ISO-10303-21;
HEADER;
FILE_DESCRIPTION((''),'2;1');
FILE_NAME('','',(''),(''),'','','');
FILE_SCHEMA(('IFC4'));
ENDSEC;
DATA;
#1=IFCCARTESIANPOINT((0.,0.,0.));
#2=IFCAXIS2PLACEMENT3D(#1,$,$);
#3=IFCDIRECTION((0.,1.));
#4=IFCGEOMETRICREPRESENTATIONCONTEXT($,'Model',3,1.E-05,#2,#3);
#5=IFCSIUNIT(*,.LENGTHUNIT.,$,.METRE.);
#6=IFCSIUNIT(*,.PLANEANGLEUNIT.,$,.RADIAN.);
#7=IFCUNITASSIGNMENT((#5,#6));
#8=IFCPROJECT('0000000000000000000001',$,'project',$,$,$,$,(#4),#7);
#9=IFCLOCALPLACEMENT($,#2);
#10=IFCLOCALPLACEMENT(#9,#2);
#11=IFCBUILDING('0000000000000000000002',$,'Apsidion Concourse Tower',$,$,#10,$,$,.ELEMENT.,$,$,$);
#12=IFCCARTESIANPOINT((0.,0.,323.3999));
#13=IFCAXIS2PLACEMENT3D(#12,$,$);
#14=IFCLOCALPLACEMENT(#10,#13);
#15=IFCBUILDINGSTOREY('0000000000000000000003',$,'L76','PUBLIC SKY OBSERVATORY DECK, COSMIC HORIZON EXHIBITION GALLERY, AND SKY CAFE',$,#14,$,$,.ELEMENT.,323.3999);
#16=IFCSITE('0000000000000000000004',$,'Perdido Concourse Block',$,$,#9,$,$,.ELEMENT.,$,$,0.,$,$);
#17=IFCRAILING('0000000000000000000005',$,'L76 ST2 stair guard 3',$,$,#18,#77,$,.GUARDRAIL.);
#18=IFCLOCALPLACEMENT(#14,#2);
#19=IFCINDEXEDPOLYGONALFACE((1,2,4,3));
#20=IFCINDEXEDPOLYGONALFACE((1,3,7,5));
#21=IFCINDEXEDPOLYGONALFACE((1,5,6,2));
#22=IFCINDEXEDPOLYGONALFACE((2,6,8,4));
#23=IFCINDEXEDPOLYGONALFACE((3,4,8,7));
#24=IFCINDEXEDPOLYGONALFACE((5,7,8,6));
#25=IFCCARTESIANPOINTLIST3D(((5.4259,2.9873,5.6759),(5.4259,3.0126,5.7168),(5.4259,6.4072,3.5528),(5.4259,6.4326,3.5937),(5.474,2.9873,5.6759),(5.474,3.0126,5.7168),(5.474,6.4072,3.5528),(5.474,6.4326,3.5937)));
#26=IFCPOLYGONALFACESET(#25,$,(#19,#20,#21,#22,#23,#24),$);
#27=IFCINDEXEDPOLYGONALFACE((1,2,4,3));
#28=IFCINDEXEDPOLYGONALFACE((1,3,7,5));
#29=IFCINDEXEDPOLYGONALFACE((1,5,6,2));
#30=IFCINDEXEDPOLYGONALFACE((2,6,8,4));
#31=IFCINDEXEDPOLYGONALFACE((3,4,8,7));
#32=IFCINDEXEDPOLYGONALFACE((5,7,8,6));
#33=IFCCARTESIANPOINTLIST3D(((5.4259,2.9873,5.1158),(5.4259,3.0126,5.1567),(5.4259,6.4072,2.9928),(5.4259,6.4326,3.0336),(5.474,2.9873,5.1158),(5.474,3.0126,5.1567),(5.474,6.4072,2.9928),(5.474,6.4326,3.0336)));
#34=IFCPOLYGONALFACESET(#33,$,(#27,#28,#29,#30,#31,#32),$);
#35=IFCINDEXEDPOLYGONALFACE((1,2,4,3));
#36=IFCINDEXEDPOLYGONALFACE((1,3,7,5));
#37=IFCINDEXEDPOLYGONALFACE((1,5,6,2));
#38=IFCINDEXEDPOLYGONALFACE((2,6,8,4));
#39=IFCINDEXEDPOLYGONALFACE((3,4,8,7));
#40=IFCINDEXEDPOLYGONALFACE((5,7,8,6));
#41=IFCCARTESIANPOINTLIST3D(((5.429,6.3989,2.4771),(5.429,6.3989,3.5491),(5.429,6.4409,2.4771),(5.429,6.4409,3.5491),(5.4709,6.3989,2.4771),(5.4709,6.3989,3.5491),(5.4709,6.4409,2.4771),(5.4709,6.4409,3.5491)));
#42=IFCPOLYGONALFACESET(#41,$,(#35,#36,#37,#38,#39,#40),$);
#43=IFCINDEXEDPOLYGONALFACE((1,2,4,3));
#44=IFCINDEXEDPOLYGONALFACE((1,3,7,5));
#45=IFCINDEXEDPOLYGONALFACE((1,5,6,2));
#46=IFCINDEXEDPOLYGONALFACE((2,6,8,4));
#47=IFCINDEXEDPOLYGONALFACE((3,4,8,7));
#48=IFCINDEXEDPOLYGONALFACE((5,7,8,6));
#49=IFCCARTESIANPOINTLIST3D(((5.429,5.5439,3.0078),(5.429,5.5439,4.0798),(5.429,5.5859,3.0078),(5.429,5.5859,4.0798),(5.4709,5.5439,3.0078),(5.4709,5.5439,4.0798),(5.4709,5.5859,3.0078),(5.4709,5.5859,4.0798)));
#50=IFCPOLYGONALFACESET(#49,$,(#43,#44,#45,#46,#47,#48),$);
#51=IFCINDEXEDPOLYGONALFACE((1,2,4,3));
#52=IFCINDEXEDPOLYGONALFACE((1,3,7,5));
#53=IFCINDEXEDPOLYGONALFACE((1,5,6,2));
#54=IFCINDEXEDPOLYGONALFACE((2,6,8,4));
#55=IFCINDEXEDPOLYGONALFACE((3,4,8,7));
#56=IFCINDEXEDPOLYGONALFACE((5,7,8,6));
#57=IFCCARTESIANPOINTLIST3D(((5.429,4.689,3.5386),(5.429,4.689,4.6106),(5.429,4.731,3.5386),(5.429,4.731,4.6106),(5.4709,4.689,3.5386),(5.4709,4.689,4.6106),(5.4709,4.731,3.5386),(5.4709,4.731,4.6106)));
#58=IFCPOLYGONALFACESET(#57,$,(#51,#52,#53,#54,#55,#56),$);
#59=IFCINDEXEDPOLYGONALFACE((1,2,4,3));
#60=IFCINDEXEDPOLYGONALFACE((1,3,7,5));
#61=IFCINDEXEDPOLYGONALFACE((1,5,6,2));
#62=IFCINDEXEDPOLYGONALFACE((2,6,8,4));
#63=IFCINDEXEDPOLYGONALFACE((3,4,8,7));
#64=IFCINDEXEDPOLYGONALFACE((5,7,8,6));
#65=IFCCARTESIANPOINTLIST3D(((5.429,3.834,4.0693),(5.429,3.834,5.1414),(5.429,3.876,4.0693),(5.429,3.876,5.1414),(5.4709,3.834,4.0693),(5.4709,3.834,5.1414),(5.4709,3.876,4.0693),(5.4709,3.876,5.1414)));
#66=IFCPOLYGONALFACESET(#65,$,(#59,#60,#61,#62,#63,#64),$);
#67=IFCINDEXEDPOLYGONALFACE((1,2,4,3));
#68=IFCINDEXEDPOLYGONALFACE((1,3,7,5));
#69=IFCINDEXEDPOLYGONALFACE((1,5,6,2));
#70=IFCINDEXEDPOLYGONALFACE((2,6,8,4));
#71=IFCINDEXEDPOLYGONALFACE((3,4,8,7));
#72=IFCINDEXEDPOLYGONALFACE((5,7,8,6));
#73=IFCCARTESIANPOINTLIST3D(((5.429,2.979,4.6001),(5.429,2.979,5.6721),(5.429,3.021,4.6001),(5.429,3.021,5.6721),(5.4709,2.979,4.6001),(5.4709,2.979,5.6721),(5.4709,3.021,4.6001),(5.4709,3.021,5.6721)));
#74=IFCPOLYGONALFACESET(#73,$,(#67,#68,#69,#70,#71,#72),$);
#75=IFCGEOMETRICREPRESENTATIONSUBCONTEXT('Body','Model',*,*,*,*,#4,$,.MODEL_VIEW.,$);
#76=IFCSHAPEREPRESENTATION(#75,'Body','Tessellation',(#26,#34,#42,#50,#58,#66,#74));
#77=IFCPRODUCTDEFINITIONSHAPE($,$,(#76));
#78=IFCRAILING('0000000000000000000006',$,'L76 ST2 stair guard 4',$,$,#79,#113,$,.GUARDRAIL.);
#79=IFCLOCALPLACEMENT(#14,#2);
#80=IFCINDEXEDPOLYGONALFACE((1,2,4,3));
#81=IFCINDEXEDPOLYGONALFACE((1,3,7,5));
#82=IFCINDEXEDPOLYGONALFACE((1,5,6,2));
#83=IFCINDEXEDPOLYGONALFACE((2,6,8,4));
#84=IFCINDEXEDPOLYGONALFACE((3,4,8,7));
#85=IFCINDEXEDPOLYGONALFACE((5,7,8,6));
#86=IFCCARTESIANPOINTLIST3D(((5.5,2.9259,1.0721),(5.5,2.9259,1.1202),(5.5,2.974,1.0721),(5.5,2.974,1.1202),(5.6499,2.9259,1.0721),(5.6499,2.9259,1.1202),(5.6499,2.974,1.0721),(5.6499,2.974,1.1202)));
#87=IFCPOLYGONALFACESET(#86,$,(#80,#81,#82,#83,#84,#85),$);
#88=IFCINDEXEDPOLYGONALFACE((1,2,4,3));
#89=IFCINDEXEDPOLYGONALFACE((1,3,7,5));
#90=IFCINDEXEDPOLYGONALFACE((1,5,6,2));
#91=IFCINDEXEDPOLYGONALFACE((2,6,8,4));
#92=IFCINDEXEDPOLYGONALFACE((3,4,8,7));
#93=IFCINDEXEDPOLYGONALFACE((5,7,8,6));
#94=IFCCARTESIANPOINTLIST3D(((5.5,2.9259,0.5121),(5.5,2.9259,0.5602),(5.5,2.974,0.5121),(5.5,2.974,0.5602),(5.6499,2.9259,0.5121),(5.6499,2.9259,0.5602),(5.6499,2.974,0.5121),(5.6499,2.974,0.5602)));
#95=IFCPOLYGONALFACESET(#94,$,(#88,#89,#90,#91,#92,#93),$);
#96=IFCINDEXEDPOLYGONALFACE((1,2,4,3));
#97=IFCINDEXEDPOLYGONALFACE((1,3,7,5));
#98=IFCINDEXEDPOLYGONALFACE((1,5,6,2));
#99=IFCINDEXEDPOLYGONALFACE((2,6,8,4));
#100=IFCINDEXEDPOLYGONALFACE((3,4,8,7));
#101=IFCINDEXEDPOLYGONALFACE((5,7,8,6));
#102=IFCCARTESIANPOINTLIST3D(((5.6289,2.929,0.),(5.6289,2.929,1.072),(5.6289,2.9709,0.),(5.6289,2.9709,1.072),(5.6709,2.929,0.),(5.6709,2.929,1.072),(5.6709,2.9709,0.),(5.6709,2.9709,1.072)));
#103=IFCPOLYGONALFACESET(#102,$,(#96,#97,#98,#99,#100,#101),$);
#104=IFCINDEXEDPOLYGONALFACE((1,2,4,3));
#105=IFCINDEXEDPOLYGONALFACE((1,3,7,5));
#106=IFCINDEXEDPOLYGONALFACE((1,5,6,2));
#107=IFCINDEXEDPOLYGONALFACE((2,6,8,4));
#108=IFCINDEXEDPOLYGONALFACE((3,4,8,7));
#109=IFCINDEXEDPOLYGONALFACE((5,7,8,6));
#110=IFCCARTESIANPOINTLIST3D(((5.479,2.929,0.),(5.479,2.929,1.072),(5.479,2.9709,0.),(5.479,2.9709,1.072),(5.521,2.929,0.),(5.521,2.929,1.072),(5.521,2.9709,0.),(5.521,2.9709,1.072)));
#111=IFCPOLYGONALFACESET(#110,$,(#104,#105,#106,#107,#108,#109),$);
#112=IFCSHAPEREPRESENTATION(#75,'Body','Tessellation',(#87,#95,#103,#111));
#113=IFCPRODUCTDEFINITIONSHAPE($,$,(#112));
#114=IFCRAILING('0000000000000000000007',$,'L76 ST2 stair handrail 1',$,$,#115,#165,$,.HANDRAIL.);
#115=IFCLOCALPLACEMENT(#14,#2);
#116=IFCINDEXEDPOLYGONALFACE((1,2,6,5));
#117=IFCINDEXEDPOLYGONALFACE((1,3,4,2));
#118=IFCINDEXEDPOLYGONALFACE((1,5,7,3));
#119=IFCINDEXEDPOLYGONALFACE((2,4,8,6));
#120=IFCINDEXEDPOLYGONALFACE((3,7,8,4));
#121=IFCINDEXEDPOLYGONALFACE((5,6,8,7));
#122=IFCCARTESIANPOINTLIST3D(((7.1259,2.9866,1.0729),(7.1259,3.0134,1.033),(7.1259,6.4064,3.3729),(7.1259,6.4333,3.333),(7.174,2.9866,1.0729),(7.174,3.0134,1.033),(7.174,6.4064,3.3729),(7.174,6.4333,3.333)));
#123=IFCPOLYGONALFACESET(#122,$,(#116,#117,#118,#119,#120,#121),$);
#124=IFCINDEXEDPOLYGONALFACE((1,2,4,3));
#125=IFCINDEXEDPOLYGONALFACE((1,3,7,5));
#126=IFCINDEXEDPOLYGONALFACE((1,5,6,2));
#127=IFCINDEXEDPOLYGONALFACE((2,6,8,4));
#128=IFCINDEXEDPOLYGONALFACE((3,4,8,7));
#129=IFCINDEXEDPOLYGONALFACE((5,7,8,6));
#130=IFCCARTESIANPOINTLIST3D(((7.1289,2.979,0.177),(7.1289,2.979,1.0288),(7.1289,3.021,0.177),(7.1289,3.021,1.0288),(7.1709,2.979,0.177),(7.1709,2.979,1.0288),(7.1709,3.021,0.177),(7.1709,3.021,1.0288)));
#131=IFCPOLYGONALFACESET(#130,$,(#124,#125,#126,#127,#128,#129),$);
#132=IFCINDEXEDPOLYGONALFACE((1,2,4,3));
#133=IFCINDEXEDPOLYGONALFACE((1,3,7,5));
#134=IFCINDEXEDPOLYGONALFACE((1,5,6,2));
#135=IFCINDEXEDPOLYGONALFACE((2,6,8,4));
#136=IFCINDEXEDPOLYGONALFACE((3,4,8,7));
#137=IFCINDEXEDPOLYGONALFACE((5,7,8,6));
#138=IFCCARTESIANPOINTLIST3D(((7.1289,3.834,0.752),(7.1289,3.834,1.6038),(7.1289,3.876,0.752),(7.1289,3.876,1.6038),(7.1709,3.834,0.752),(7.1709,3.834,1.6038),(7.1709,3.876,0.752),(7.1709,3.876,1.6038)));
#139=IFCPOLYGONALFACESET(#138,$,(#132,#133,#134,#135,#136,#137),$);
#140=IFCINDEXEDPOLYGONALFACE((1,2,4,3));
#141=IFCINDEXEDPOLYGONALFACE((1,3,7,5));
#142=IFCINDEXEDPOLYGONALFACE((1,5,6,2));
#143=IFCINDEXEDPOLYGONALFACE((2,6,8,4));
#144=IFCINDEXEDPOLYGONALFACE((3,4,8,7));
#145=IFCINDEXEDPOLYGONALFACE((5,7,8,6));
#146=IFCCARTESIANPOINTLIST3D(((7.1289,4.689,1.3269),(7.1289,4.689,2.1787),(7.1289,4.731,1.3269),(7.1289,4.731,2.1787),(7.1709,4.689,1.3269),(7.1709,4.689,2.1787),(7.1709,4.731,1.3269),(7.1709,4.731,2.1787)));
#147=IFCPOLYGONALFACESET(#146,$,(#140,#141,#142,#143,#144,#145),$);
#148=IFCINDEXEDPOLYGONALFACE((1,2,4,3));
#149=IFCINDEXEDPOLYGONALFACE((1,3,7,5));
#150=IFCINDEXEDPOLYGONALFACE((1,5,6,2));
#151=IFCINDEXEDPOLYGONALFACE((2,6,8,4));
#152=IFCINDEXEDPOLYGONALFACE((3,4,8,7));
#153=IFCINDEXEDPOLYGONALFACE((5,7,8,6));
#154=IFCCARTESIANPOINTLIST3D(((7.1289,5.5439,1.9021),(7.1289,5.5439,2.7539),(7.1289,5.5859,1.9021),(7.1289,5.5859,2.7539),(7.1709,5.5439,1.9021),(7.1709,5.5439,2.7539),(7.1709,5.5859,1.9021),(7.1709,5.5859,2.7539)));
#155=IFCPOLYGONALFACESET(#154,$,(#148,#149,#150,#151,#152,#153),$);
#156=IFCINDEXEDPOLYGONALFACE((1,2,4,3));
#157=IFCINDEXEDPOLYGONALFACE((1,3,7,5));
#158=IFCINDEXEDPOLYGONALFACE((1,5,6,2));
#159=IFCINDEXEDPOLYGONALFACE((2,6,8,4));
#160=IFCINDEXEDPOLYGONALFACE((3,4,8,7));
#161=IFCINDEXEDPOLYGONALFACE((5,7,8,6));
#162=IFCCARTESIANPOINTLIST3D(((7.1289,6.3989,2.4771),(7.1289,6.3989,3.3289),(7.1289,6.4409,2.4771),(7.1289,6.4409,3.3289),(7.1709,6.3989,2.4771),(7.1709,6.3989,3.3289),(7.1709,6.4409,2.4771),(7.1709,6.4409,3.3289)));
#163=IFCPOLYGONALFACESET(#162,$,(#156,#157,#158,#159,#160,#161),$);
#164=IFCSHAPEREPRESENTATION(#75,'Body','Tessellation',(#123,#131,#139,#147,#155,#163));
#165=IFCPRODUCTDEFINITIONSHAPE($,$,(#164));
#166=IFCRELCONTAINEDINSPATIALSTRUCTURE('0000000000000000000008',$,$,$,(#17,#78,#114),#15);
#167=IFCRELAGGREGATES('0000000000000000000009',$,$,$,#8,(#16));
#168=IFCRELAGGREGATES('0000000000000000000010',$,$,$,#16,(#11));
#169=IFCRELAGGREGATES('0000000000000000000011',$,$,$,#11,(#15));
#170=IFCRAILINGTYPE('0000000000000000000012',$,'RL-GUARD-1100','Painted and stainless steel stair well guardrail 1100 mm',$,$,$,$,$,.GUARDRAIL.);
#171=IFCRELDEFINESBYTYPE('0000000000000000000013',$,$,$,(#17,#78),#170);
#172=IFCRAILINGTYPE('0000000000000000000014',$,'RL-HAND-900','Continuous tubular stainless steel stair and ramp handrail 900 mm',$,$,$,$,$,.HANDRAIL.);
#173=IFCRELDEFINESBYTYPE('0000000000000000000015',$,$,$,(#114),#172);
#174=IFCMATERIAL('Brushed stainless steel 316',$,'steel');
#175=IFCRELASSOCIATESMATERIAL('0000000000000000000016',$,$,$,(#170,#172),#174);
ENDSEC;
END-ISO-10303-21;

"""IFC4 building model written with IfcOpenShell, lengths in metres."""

from ifc_helpers import new_model, si_unit, direction, frame, origin, origin_2d, place, context, subcontext, project, spatial, rectangle, extrude, material, type_object, element, save


model = new_model("IFC4")

# Units and contexts
model_context = context("Model", 3, precision=1e-05, world=origin(), true_north=direction((0.0, 1.0)))
body_context = subcontext(model_context, "Body", "Model", "MODEL_VIEW")
ifc_project = project(units=[si_unit("LENGTHUNIT", "METRE"), si_unit("PLANEANGLEUNIT", "RADIAN")], contexts=[model_context])

# Site, building, storey
site_placement = place(None, origin())
site = spatial("IfcSite", under=ifc_project, at=site_placement, Name="Perdido Concourse Block", CompositionType="ELEMENT", RefElevation=0.0)
building_placement = place(site_placement, origin())
building = spatial("IfcBuilding", under=site, at=building_placement, Name="Apsidion Concourse Tower", CompositionType="ELEMENT")
storey_placement = place(building_placement, frame((0.0, 0.0, 323.3999)))
storey = spatial("IfcBuildingStorey", under=building, at=storey_placement, Name="L76", Description="PUBLIC SKY OBSERVATORY DECK, COSMIC HORIZON EXHIBITION GALLERY, AND SKY CAFE", CompositionType="ELEMENT", Elevation=323.3999)

# Shared definitions
ifc_material_1 = material(Name="Brushed stainless steel 316", Category="steel")

# Railings
railing_type_1 = type_object("IfcRailingType", Name="RL-GUARD-1100", Description="Painted and stainless steel stair well guardrail 1100 mm", PredefinedType="GUARDRAIL", material=ifc_material_1)
railing_1_placement = place(storey_placement, frame((5.45, 6.4199, 2.4771)))
element("IfcRailing", 1, at=railing_1_placement, inside=storey, type_object=railing_type_1, Name="L76 ST2 stair guard 3", PredefinedType="GUARDRAIL", context=body_context, shape_type="SweptSolid", body=[
    extrude(rectangle(XDim=0.0481, YDim=0.0481, at=origin_2d()), frame((0.0, 0.0, 1.0962), z_axis=(0.0, -0.849603, 0.527423), x_axis=(1.0, 0.0, 0.0)), (0.0, 0.0, 1.0), 4.0254),
    extrude(rectangle(XDim=0.0481, YDim=0.0481, at=origin_2d()), frame((0.0, 0.0, 0.5361), z_axis=(0.0, -0.849603, 0.527423), x_axis=(1.0, 0.0, 0.0)), (0.0, 0.0, 1.0), 4.0254),
    extrude(rectangle(XDim=0.042, YDim=0.042, at=origin_2d()), origin(), (0.0, 0.0, 1.0), 1.072),
    extrude(rectangle(XDim=0.042, YDim=0.042, at=origin_2d()), frame((0.0, -0.855, 0.5308)), (0.0, 0.0, 1.0), 1.072),
    extrude(rectangle(XDim=0.042, YDim=0.042, at=origin_2d()), frame((0.0, -1.71, 1.0615)), (0.0, 0.0, 1.0), 1.072),
    extrude(rectangle(XDim=0.042, YDim=0.042, at=origin_2d()), frame((0.0, -2.5649, 1.5923)), (0.0, 0.0, 1.0), 1.072),
    extrude(rectangle(XDim=0.042, YDim=0.042, at=origin_2d()), frame((0.0, -3.4199, 2.123)), (0.0, 0.0, 1.0), 1.072),
])
railing_2_placement = place(storey_placement, frame((5.6499, 2.95, 0.0)))
element("IfcRailing", 2, at=railing_2_placement, inside=storey, type_object=railing_type_1, Name="L76 ST2 stair guard 4", PredefinedType="GUARDRAIL", context=body_context, shape_type="SweptSolid", body=[
    extrude(rectangle(XDim=0.0481, YDim=0.0481, at=origin_2d()), frame((0.0, 0.0, 1.0962), z_axis=(-1.0, 0.0, 0.0), x_axis=(0.0, -1.0, 0.0)), (0.0, 0.0, 1.0), 0.1499),
    extrude(rectangle(XDim=0.0481, YDim=0.0481, at=origin_2d()), frame((0.0, 0.0, 0.5361), z_axis=(-1.0, 0.0, 0.0), x_axis=(0.0, -1.0, 0.0)), (0.0, 0.0, 1.0), 0.1499),
    extrude(rectangle(XDim=0.042, YDim=0.042, at=origin_2d()), origin(), (0.0, 0.0, 1.0), 1.072),
    extrude(rectangle(XDim=0.042, YDim=0.042, at=origin_2d()), frame((-0.1499, 0.0, 0.0)), (0.0, 0.0, 1.0), 1.072),
])
railing_type_2 = type_object("IfcRailingType", Name="RL-HAND-900", Description="Continuous tubular stainless steel stair and ramp handrail 900 mm", PredefinedType="HANDRAIL", material=ifc_material_1)
railing_3_placement = place(storey_placement, frame((7.1499, 3.0, 0.177)))
element("IfcRailing", 3, at=railing_3_placement, inside=storey, type_object=railing_type_2, Name="L76 ST2 stair handrail 1", PredefinedType="HANDRAIL", context=body_context, shape_type="SweptSolid", body=[
    extrude(rectangle(XDim=0.0481, YDim=0.0481, at=origin_2d()), frame((0.0, 0.0, 0.876), z_axis=(0.0, 0.829792, 0.558072), x_axis=(-1.0, 0.0, 0.0)), (0.0, 0.0, 1.0), 4.1213),
    extrude(rectangle(XDim=0.042, YDim=0.042, at=origin_2d()), origin(), (0.0, 0.0, 1.0), 0.8518),
    extrude(rectangle(XDim=0.042, YDim=0.042, at=origin_2d()), frame((0.0, 0.855, 0.575)), (0.0, 0.0, 1.0), 0.8518),
    extrude(rectangle(XDim=0.042, YDim=0.042, at=origin_2d()), frame((0.0, 1.71, 1.1499)), (0.0, 0.0, 1.0), 0.8518),
    extrude(rectangle(XDim=0.042, YDim=0.042, at=origin_2d()), frame((0.0, 2.5649, 1.7251)), (0.0, 0.0, 1.0), 0.8518),
    extrude(rectangle(XDim=0.042, YDim=0.042, at=origin_2d()), frame((0.0, 3.4199, 2.3)), (0.0, 0.0, 1.0), 0.8518),
])

save(model, "model.ifc")
